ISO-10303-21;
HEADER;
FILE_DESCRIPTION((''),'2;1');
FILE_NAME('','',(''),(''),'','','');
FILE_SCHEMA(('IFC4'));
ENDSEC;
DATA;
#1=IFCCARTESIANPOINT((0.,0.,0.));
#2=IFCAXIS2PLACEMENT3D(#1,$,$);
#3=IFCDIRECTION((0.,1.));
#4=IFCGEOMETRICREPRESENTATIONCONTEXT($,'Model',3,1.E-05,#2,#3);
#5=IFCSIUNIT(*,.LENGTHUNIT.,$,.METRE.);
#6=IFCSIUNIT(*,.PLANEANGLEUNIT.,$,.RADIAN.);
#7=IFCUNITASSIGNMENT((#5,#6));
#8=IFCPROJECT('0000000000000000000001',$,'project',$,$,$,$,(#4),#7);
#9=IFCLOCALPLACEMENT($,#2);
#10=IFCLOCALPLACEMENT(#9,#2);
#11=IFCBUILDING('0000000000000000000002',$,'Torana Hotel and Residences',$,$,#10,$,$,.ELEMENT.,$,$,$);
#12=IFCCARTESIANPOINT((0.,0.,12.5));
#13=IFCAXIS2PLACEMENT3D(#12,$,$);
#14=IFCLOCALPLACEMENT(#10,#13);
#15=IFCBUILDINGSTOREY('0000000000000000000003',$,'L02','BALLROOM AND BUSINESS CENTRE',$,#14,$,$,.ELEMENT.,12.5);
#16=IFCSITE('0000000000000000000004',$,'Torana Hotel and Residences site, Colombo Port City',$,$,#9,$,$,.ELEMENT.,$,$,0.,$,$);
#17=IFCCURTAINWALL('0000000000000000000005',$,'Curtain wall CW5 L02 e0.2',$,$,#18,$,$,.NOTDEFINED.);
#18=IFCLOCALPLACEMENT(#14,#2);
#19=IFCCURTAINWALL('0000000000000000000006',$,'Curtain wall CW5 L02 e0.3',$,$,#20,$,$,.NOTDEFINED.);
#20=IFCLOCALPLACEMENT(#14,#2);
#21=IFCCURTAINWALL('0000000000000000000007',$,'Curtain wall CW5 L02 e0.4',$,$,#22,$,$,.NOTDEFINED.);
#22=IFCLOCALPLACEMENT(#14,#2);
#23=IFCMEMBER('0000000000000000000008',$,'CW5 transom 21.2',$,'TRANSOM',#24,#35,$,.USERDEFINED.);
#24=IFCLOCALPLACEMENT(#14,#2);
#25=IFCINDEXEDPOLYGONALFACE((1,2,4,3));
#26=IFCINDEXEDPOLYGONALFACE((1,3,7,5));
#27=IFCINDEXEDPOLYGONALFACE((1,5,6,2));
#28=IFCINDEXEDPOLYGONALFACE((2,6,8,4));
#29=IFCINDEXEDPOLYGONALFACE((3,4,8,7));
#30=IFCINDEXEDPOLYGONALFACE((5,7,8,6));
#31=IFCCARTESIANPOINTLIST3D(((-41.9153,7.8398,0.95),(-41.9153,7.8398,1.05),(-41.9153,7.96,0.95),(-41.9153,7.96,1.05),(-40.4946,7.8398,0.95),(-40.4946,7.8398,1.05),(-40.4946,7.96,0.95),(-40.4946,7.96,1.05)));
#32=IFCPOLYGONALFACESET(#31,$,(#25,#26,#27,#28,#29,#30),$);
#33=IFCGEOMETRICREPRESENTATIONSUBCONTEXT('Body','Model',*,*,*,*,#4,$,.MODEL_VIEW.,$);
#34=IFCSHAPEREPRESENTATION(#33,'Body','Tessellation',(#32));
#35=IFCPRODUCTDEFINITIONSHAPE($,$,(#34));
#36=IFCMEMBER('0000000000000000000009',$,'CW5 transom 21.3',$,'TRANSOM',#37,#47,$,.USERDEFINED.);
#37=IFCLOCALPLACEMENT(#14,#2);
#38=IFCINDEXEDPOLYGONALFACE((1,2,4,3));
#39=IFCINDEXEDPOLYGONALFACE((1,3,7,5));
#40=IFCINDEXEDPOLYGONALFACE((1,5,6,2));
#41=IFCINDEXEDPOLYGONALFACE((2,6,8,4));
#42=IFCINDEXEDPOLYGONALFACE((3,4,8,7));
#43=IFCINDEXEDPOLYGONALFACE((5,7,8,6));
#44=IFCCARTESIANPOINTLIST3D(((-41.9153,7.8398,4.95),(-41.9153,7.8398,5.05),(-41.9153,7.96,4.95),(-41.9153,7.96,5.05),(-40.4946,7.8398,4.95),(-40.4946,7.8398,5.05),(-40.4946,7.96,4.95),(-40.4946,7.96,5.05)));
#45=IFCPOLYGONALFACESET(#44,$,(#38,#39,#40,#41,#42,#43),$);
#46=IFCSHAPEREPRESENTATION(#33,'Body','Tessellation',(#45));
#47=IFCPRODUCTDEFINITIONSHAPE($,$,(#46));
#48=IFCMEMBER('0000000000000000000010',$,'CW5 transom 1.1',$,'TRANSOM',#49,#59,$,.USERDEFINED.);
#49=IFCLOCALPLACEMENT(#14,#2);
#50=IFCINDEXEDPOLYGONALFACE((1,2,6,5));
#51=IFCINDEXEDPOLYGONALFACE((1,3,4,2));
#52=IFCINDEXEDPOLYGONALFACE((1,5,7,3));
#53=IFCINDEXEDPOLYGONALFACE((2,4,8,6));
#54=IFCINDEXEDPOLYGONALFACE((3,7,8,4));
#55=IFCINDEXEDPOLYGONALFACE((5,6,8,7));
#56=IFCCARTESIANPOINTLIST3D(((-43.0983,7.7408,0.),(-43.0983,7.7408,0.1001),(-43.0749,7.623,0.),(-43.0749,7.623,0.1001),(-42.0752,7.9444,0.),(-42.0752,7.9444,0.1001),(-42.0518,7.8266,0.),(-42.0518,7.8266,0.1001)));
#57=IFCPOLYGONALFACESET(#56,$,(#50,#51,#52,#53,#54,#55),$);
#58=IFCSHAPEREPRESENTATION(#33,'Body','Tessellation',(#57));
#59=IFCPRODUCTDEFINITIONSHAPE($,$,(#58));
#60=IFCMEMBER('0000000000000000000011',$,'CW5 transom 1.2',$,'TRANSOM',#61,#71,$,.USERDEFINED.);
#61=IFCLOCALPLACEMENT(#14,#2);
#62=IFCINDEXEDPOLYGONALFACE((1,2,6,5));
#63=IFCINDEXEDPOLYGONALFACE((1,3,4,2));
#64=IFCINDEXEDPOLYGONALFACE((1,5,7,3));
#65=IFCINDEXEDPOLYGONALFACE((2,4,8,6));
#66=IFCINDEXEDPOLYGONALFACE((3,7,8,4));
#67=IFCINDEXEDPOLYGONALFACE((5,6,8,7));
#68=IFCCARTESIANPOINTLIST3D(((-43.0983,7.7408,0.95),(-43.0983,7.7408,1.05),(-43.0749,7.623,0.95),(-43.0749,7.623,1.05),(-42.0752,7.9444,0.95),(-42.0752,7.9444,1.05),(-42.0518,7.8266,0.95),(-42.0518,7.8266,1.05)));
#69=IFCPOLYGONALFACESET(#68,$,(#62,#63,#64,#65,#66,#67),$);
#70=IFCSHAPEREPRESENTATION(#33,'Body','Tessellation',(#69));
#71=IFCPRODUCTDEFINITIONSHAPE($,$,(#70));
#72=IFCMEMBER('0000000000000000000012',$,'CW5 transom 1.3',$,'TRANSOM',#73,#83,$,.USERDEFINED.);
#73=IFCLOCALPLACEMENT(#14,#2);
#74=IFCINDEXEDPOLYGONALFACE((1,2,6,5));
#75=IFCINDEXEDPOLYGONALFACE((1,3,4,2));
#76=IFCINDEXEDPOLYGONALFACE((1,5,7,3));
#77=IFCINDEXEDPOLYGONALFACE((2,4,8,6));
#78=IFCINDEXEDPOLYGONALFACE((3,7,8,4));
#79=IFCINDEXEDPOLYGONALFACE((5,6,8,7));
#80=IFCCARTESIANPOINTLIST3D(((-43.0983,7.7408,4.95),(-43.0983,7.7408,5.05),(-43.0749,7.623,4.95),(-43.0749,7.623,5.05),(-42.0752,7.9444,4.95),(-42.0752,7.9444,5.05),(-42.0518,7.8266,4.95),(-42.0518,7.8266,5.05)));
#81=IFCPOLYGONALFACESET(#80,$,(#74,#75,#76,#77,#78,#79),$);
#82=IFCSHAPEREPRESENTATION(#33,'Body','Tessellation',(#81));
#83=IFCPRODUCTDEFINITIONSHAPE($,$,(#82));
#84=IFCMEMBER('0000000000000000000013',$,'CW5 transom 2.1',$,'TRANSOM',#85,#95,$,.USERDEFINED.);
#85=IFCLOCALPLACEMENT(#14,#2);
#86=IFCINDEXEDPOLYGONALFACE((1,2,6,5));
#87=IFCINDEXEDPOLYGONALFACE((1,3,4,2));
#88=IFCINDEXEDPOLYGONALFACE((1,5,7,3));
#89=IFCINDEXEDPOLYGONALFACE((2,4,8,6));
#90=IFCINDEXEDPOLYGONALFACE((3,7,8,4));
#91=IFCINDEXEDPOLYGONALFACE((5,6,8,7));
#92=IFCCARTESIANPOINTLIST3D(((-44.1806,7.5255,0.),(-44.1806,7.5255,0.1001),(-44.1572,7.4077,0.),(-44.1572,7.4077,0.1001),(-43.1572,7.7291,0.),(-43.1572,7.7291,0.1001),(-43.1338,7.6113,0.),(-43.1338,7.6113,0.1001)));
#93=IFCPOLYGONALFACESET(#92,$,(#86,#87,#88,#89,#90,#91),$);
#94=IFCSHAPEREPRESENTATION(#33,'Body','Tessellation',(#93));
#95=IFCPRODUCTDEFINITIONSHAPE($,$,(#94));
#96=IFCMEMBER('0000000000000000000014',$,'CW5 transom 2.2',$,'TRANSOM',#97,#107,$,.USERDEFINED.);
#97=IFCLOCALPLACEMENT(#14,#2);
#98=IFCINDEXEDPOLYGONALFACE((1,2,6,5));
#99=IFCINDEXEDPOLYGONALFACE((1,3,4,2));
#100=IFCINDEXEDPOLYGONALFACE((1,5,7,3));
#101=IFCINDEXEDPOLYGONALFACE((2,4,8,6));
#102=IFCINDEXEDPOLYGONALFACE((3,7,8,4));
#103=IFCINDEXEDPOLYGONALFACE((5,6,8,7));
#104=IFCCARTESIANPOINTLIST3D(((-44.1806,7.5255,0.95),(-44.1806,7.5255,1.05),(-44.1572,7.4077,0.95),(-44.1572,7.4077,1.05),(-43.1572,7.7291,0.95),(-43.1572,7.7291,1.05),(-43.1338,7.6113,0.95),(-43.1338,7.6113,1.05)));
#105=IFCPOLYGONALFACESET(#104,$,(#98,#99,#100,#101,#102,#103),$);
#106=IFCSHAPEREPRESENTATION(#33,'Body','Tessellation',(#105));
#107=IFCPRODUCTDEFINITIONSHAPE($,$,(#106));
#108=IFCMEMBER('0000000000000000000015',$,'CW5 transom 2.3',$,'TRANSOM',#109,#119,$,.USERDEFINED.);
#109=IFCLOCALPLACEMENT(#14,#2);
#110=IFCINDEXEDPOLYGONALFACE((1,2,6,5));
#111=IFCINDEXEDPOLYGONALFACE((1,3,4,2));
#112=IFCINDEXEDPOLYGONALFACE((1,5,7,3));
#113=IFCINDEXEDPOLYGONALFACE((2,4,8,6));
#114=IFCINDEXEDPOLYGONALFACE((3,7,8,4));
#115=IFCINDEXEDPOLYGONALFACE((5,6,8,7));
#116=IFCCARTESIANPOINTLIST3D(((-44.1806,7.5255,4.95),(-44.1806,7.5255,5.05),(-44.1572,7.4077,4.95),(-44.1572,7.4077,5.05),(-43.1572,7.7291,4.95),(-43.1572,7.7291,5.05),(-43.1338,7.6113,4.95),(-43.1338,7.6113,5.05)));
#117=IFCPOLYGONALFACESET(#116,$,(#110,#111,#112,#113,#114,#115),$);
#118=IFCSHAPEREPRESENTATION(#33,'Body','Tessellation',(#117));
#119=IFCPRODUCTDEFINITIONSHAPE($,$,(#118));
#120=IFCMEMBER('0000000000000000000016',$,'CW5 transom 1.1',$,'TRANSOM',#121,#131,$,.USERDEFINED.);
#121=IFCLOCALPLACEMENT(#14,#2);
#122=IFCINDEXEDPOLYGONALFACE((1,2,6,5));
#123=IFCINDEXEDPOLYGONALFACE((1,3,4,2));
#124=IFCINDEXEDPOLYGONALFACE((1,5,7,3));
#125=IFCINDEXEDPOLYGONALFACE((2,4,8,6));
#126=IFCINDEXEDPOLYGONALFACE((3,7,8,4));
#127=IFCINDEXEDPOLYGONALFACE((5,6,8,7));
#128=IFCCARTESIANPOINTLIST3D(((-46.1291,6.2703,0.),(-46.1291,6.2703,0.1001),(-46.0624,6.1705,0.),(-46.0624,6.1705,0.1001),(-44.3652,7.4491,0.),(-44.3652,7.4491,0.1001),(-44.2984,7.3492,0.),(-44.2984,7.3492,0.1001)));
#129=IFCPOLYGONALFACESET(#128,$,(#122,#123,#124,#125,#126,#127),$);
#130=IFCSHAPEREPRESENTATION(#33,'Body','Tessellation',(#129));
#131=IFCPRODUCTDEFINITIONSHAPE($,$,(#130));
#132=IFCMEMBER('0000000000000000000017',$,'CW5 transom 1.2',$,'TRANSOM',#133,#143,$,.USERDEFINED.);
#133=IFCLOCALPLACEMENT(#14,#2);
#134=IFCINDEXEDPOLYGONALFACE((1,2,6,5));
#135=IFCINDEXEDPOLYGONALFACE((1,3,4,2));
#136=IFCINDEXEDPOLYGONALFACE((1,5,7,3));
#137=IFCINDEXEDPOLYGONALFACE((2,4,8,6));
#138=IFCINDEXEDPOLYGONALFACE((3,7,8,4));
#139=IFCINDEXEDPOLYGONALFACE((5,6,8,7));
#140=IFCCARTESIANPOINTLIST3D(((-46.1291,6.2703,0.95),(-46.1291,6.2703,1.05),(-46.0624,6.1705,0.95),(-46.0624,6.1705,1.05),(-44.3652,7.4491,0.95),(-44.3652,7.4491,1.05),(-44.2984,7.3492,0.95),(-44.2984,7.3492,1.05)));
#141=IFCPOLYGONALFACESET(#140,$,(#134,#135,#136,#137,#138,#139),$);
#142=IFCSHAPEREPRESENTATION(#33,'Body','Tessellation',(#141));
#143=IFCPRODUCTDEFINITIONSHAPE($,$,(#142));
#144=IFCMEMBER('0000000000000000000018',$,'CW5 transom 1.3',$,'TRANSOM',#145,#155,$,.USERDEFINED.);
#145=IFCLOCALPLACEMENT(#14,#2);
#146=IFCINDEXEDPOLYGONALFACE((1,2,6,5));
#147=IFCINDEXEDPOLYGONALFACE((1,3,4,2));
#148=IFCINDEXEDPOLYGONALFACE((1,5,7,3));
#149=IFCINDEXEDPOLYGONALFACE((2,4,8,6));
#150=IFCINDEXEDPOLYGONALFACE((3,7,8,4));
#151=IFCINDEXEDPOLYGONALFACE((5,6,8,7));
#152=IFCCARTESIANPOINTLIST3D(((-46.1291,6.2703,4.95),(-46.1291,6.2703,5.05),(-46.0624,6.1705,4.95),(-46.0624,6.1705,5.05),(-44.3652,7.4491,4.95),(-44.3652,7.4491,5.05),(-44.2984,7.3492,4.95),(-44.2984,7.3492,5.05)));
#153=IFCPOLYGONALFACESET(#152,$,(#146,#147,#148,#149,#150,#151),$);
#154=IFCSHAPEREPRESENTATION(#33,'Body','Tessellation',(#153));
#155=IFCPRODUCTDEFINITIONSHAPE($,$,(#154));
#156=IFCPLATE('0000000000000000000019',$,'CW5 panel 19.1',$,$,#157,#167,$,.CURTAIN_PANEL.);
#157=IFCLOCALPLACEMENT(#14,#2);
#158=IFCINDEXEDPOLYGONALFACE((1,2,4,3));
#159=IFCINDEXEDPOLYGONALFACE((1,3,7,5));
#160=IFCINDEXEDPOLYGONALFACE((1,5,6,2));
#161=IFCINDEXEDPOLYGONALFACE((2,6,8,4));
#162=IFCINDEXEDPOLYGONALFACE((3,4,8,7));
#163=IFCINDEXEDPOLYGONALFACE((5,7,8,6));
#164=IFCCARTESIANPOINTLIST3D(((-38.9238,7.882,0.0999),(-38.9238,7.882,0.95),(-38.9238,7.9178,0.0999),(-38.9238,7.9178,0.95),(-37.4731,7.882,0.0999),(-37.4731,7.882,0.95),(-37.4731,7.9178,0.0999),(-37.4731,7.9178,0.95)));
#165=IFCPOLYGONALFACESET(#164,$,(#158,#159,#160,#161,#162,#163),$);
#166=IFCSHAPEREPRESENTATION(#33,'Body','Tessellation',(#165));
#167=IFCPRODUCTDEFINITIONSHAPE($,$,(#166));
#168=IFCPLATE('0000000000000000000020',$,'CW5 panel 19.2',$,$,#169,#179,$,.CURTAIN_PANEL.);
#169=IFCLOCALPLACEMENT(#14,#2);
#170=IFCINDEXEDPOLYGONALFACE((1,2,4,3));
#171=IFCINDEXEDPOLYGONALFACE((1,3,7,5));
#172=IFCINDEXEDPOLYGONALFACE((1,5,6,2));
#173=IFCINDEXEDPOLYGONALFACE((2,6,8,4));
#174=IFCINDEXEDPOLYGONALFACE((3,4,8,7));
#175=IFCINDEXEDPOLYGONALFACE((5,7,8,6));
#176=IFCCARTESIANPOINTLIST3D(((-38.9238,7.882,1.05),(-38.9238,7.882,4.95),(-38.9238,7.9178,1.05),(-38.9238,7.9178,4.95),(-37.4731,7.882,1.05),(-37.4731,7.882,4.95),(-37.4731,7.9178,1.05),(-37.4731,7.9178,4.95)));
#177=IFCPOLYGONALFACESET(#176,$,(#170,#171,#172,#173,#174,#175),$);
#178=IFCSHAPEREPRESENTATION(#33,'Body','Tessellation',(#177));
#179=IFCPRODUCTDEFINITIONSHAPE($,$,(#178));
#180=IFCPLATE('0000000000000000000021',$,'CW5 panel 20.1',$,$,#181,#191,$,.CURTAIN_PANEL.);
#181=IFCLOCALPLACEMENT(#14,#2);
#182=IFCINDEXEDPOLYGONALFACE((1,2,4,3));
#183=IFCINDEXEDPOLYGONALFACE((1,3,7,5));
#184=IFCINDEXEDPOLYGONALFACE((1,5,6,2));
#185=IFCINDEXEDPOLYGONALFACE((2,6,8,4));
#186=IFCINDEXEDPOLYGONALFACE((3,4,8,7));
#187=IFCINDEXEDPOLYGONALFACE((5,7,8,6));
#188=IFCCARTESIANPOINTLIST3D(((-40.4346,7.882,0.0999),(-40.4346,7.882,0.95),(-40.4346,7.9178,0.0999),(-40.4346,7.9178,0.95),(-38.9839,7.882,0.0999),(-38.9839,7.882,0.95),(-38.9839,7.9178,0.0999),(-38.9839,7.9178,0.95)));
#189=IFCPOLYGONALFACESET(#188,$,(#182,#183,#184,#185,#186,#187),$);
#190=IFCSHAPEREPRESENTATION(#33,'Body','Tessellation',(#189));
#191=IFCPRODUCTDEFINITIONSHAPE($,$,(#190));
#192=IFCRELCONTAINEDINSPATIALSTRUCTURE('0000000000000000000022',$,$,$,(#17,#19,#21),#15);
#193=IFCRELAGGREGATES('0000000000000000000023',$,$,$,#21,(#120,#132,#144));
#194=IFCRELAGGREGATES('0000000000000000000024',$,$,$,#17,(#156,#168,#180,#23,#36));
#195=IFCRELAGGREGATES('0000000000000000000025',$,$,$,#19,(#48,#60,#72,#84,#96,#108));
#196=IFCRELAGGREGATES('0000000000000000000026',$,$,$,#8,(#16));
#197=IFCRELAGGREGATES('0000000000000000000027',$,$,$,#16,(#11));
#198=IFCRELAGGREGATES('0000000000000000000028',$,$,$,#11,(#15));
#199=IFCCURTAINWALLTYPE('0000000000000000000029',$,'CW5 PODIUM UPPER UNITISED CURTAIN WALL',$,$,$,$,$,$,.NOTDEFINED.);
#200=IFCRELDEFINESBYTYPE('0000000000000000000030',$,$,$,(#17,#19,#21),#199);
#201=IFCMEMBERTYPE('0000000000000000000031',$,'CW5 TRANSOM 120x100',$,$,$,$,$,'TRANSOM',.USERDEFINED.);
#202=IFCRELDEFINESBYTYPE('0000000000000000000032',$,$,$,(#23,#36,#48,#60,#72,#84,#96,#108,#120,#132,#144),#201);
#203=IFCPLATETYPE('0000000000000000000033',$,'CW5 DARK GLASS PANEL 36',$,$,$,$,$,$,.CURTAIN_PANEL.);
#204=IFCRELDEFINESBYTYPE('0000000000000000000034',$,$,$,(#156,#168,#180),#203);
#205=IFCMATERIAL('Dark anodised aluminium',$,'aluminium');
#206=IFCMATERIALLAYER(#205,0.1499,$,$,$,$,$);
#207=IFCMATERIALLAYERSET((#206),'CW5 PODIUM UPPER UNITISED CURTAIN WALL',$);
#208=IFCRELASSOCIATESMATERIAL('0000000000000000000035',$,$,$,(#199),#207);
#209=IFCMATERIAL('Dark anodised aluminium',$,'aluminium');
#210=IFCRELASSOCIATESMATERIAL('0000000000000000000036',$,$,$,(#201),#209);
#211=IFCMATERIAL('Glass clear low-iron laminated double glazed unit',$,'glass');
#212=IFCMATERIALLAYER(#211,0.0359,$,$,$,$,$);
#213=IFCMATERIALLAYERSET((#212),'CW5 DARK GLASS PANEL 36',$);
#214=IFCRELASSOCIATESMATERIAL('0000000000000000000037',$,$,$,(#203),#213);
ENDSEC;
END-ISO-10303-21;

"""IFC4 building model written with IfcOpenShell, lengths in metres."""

from ifc_helpers import new_model, si_unit, direction, frame, origin, origin_2d, place, context, subcontext, project, spatial, rectangle, extrude, material, layer, layer_set, material_profile, profile_set, type_object, element, aggregate, save


model = new_model("IFC4")

# Units and contexts
model_context = context("Model", 3, precision=1e-05, world=origin(), true_north=direction((0.0, 1.0)))
body_context = subcontext(model_context, "Body", "Model", "MODEL_VIEW")
ifc_project = project(units=[si_unit("LENGTHUNIT", "METRE"), si_unit("PLANEANGLEUNIT", "RADIAN")], contexts=[model_context])

# Site, building, storey
site_placement = place(None, origin())
site = spatial("IfcSite", under=ifc_project, at=site_placement, Name="Torana Hotel and Residences site, Colombo Port City", CompositionType="ELEMENT", RefElevation=0.0)
building_placement = place(site_placement, origin())
building = spatial("IfcBuilding", under=site, at=building_placement, Name="Torana Hotel and Residences", CompositionType="ELEMENT")
storey_placement = place(building_placement, frame((0.0, 0.0, 12.5)))
storey = spatial("IfcBuildingStorey", under=building, at=storey_placement, Name="L02", Description="BALLROOM AND BUSINESS CENTRE", CompositionType="ELEMENT", Elevation=12.5)

# Curtain walls
ifc_material_1 = material(Name="Dark anodised aluminium", Category="aluminium")
ifc_layer_1 = layer(ifc_material_1, 0.1499)
ifc_layer_set_1 = layer_set([ifc_layer_1], Name="CW5 PODIUM UPPER UNITISED CURTAIN WALL")
curtain_wall_type = type_object("IfcCurtainWallType", Name="CW5 PODIUM UPPER UNITISED CURTAIN WALL", PredefinedType="NOTDEFINED", material=ifc_layer_set_1)
curtain_wall_1_placement = place(storey_placement, origin())
curtain_wall_1 = element("IfcCurtainWall", 1, at=curtain_wall_1_placement, inside=storey, type_object=curtain_wall_type, Name="Curtain wall CW5 L02 e0.2", PredefinedType="NOTDEFINED")
curtain_wall_2_placement = place(storey_placement, origin())
curtain_wall_2 = element("IfcCurtainWall", 2, at=curtain_wall_2_placement, inside=storey, type_object=curtain_wall_type, Name="Curtain wall CW5 L02 e0.3", PredefinedType="NOTDEFINED")

# Curtain wall
curtain_wall_3_placement = place(storey_placement, origin())
curtain_wall_3 = element("IfcCurtainWall", 3, at=curtain_wall_3_placement, inside=storey, type_object=curtain_wall_type, Name="Curtain wall CW5 L02 e0.4", PredefinedType="NOTDEFINED")

# Members
ifc_material_2 = material(Name="Dark anodised aluminium", Category="aluminium")
ifc_material_profile_1 = material_profile(ifc_material_2, rectangle(XDim=0.1201, YDim=0.1001, at=origin_2d()), Name="CW5 TRANSOM 120x100")
ifc_profile_set_1 = profile_set([ifc_material_profile_1], Name="Dark anodised aluminium")
member_type_1 = type_object("IfcMemberType", Name="CW5 TRANSOM 120x100", ElementType="TRANSOM", PredefinedType="USERDEFINED", material=ifc_profile_set_1)
member_1_placement = place(storey_placement, frame((-40.4946, 7.8999, 1.0), z_axis=(-1.0, 0.0, 0.0), x_axis=(0.0, -1.0, 0.0)))
member_1 = element("IfcMember", 4, at=member_1_placement, type_object=member_type_1, Name="CW5 transom 21.2", ObjectType="TRANSOM", PredefinedType="USERDEFINED", context=body_context, shape_type="SweptSolid", body=[
    extrude(rectangle(XDim=0.1201, YDim=0.1001, at=origin_2d()), origin(), (0.0, 0.0, 1.0), 1.4207),
])
member_2_placement = place(storey_placement, frame((-40.4946, 7.8999, 5.0), z_axis=(-1.0, 0.0, 0.0), x_axis=(0.0, -1.0, 0.0)))
member_2 = element("IfcMember", 5, at=member_2_placement, type_object=member_type_1, Name="CW5 transom 21.3", ObjectType="TRANSOM", PredefinedType="USERDEFINED", context=body_context, shape_type="SweptSolid", body=[
    extrude(rectangle(XDim=0.1201, YDim=0.1001, at=origin_2d()), origin(), (0.0, 0.0, 1.0), 1.4207),
])
member_3_placement = place(storey_placement, frame((-42.0635, 7.8855, 0.05), z_axis=(-0.980769, -0.195171, 0.0), x_axis=(0.195171, -0.980769, 0.0)))
member_3 = element("IfcMember", 6, at=member_3_placement, type_object=member_type_1, Name="CW5 transom 1.1", ObjectType="TRANSOM", PredefinedType="USERDEFINED", context=body_context, shape_type="SweptSolid", body=[
    extrude(rectangle(XDim=0.1201, YDim=0.1001, at=origin_2d()), origin(), (0.0, 0.0, 1.0), 1.0432),
])
member_4_placement = place(storey_placement, frame((-42.0635, 7.8855, 1.0), z_axis=(-0.980769, -0.195171, 0.0), x_axis=(0.195171, -0.980769, 0.0)))
member_4 = element("IfcMember", 7, at=member_4_placement, type_object=member_type_1, Name="CW5 transom 1.2", ObjectType="TRANSOM", PredefinedType="USERDEFINED", context=body_context, shape_type="SweptSolid", body=[
    extrude(rectangle(XDim=0.1201, YDim=0.1001, at=origin_2d()), origin(), (0.0, 0.0, 1.0), 1.0432),
])
member_5_placement = place(storey_placement, frame((-42.0635, 7.8855, 5.0), z_axis=(-0.980769, -0.195171, 0.0), x_axis=(0.195171, -0.980769, 0.0)))
member_5 = element("IfcMember", 8, at=member_5_placement, type_object=member_type_1, Name="CW5 transom 1.3", ObjectType="TRANSOM", PredefinedType="USERDEFINED", context=body_context, shape_type="SweptSolid", body=[
    extrude(rectangle(XDim=0.1201, YDim=0.1001, at=origin_2d()), origin(), (0.0, 0.0, 1.0), 1.0432),
])
member_6_placement = place(storey_placement, frame((-43.1455, 7.6702, 0.05), z_axis=(-0.980778, -0.195126, 0.0), x_axis=(0.195126, -0.980778, 0.0)))
member_6 = element("IfcMember", 9, at=member_6_placement, type_object=member_type_1, Name="CW5 transom 2.1", ObjectType="TRANSOM", PredefinedType="USERDEFINED", context=body_context, shape_type="SweptSolid", body=[
    extrude(rectangle(XDim=0.1201, YDim=0.1001, at=origin_2d()), origin(), (0.0, 0.0, 1.0), 1.0435),
])
member_7_placement = place(storey_placement, frame((-43.1455, 7.6702, 1.0), z_axis=(-0.980778, -0.195126, 0.0), x_axis=(0.195126, -0.980778, 0.0)))
member_7 = element("IfcMember", 10, at=member_7_placement, type_object=member_type_1, Name="CW5 transom 2.2", ObjectType="TRANSOM", PredefinedType="USERDEFINED", context=body_context, shape_type="SweptSolid", body=[
    extrude(rectangle(XDim=0.1201, YDim=0.1001, at=origin_2d()), origin(), (0.0, 0.0, 1.0), 1.0435),
])
member_8_placement = place(storey_placement, frame((-43.1455, 7.6702, 5.0), z_axis=(-0.980778, -0.195126, 0.0), x_axis=(0.195126, -0.980778, 0.0)))
member_8 = element("IfcMember", 11, at=member_8_placement, type_object=member_type_1, Name="CW5 transom 2.3", ObjectType="TRANSOM", PredefinedType="USERDEFINED", context=body_context, shape_type="SweptSolid", body=[
    extrude(rectangle(XDim=0.1201, YDim=0.1001, at=origin_2d()), origin(), (0.0, 0.0, 1.0), 1.0435),
])
member_9_placement = place(storey_placement, frame((-44.3318, 7.3992, 0.05), z_axis=(-0.831448, -0.555603, 0.0), x_axis=(0.555603, -0.831448, 0.0)))
member_9 = element("IfcMember", 12, at=member_9_placement, type_object=member_type_1, Name="CW5 transom 1.1", ObjectType="TRANSOM", PredefinedType="USERDEFINED", context=body_context, shape_type="SweptSolid", body=[
    extrude(rectangle(XDim=0.1201, YDim=0.1001, at=origin_2d()), origin(), (0.0, 0.0, 1.0), 2.1216),
])
member_10_placement = place(storey_placement, frame((-44.3318, 7.3992, 1.0), z_axis=(-0.831448, -0.555603, 0.0), x_axis=(0.555603, -0.831448, 0.0)))
member_10 = element("IfcMember", 13, at=member_10_placement, type_object=member_type_1, Name="CW5 transom 1.2", ObjectType="TRANSOM", PredefinedType="USERDEFINED", context=body_context, shape_type="SweptSolid", body=[
    extrude(rectangle(XDim=0.1201, YDim=0.1001, at=origin_2d()), origin(), (0.0, 0.0, 1.0), 2.1216),
])
member_11_placement = place(storey_placement, frame((-44.3318, 7.3992, 5.0), z_axis=(-0.831448, -0.555603, 0.0), x_axis=(0.555603, -0.831448, 0.0)))
member_11 = element("IfcMember", 14, at=member_11_placement, type_object=member_type_1, Name="CW5 transom 1.3", ObjectType="TRANSOM", PredefinedType="USERDEFINED", context=body_context, shape_type="SweptSolid", body=[
    extrude(rectangle(XDim=0.1201, YDim=0.1001, at=origin_2d()), origin(), (0.0, 0.0, 1.0), 2.1216),
])
aggregate(curtain_wall_3, [member_9, member_10, member_11])

# Plates
ifc_material_3 = material(Name="Glass clear low-iron laminated double glazed unit", Category="glass")
ifc_layer_2 = layer(ifc_material_3, 0.0359)
ifc_layer_set_2 = layer_set([ifc_layer_2], Name="CW5 DARK GLASS PANEL 36")
plate_type = type_object("IfcPlateType", Name="CW5 DARK GLASS PANEL 36", PredefinedType="CURTAIN_PANEL", material=ifc_layer_set_2)
plate_1_placement = place(storey_placement, frame((-38.1985, 7.8999, 0.0999), z_axis=(0.0, 0.0, 1.0), x_axis=(-1.0, 0.0, 0.0)))
plate_1 = element("IfcPlate", 15, at=plate_1_placement, type_object=plate_type, Name="CW5 panel 19.1", PredefinedType="CURTAIN_PANEL", context=body_context, shape_type="SweptSolid", body=[
    extrude(rectangle(XDim=1.4507, YDim=0.0359, at=origin_2d()), origin(), (0.0, 0.0, 1.0), 0.8501),
])
plate_2_placement = place(storey_placement, frame((-38.1985, 7.8999, 1.05), z_axis=(0.0, 0.0, 1.0), x_axis=(-1.0, 0.0, 0.0)))
plate_2 = element("IfcPlate", 16, at=plate_2_placement, type_object=plate_type, Name="CW5 panel 19.2", PredefinedType="CURTAIN_PANEL", context=body_context, shape_type="SweptSolid", body=[
    extrude(rectangle(XDim=1.4507, YDim=0.0359, at=origin_2d()), origin(), (0.0, 0.0, 1.0), 3.8999),
])
plate_3_placement = place(storey_placement, frame((-39.7092, 7.8999, 0.0999), z_axis=(0.0, 0.0, 1.0), x_axis=(-1.0, 0.0, 0.0)))
plate_3 = element("IfcPlate", 17, at=plate_3_placement, type_object=plate_type, Name="CW5 panel 20.1", PredefinedType="CURTAIN_PANEL", context=body_context, shape_type="SweptSolid", body=[
    extrude(rectangle(XDim=1.4507, YDim=0.0359, at=origin_2d()), origin(), (0.0, 0.0, 1.0), 0.8501),
])
aggregate(curtain_wall_1, [plate_1, plate_2, plate_3, member_1, member_2])
aggregate(curtain_wall_2, [member_3, member_4, member_5, member_6, member_7, member_8])

save(model, "model.ifc")
